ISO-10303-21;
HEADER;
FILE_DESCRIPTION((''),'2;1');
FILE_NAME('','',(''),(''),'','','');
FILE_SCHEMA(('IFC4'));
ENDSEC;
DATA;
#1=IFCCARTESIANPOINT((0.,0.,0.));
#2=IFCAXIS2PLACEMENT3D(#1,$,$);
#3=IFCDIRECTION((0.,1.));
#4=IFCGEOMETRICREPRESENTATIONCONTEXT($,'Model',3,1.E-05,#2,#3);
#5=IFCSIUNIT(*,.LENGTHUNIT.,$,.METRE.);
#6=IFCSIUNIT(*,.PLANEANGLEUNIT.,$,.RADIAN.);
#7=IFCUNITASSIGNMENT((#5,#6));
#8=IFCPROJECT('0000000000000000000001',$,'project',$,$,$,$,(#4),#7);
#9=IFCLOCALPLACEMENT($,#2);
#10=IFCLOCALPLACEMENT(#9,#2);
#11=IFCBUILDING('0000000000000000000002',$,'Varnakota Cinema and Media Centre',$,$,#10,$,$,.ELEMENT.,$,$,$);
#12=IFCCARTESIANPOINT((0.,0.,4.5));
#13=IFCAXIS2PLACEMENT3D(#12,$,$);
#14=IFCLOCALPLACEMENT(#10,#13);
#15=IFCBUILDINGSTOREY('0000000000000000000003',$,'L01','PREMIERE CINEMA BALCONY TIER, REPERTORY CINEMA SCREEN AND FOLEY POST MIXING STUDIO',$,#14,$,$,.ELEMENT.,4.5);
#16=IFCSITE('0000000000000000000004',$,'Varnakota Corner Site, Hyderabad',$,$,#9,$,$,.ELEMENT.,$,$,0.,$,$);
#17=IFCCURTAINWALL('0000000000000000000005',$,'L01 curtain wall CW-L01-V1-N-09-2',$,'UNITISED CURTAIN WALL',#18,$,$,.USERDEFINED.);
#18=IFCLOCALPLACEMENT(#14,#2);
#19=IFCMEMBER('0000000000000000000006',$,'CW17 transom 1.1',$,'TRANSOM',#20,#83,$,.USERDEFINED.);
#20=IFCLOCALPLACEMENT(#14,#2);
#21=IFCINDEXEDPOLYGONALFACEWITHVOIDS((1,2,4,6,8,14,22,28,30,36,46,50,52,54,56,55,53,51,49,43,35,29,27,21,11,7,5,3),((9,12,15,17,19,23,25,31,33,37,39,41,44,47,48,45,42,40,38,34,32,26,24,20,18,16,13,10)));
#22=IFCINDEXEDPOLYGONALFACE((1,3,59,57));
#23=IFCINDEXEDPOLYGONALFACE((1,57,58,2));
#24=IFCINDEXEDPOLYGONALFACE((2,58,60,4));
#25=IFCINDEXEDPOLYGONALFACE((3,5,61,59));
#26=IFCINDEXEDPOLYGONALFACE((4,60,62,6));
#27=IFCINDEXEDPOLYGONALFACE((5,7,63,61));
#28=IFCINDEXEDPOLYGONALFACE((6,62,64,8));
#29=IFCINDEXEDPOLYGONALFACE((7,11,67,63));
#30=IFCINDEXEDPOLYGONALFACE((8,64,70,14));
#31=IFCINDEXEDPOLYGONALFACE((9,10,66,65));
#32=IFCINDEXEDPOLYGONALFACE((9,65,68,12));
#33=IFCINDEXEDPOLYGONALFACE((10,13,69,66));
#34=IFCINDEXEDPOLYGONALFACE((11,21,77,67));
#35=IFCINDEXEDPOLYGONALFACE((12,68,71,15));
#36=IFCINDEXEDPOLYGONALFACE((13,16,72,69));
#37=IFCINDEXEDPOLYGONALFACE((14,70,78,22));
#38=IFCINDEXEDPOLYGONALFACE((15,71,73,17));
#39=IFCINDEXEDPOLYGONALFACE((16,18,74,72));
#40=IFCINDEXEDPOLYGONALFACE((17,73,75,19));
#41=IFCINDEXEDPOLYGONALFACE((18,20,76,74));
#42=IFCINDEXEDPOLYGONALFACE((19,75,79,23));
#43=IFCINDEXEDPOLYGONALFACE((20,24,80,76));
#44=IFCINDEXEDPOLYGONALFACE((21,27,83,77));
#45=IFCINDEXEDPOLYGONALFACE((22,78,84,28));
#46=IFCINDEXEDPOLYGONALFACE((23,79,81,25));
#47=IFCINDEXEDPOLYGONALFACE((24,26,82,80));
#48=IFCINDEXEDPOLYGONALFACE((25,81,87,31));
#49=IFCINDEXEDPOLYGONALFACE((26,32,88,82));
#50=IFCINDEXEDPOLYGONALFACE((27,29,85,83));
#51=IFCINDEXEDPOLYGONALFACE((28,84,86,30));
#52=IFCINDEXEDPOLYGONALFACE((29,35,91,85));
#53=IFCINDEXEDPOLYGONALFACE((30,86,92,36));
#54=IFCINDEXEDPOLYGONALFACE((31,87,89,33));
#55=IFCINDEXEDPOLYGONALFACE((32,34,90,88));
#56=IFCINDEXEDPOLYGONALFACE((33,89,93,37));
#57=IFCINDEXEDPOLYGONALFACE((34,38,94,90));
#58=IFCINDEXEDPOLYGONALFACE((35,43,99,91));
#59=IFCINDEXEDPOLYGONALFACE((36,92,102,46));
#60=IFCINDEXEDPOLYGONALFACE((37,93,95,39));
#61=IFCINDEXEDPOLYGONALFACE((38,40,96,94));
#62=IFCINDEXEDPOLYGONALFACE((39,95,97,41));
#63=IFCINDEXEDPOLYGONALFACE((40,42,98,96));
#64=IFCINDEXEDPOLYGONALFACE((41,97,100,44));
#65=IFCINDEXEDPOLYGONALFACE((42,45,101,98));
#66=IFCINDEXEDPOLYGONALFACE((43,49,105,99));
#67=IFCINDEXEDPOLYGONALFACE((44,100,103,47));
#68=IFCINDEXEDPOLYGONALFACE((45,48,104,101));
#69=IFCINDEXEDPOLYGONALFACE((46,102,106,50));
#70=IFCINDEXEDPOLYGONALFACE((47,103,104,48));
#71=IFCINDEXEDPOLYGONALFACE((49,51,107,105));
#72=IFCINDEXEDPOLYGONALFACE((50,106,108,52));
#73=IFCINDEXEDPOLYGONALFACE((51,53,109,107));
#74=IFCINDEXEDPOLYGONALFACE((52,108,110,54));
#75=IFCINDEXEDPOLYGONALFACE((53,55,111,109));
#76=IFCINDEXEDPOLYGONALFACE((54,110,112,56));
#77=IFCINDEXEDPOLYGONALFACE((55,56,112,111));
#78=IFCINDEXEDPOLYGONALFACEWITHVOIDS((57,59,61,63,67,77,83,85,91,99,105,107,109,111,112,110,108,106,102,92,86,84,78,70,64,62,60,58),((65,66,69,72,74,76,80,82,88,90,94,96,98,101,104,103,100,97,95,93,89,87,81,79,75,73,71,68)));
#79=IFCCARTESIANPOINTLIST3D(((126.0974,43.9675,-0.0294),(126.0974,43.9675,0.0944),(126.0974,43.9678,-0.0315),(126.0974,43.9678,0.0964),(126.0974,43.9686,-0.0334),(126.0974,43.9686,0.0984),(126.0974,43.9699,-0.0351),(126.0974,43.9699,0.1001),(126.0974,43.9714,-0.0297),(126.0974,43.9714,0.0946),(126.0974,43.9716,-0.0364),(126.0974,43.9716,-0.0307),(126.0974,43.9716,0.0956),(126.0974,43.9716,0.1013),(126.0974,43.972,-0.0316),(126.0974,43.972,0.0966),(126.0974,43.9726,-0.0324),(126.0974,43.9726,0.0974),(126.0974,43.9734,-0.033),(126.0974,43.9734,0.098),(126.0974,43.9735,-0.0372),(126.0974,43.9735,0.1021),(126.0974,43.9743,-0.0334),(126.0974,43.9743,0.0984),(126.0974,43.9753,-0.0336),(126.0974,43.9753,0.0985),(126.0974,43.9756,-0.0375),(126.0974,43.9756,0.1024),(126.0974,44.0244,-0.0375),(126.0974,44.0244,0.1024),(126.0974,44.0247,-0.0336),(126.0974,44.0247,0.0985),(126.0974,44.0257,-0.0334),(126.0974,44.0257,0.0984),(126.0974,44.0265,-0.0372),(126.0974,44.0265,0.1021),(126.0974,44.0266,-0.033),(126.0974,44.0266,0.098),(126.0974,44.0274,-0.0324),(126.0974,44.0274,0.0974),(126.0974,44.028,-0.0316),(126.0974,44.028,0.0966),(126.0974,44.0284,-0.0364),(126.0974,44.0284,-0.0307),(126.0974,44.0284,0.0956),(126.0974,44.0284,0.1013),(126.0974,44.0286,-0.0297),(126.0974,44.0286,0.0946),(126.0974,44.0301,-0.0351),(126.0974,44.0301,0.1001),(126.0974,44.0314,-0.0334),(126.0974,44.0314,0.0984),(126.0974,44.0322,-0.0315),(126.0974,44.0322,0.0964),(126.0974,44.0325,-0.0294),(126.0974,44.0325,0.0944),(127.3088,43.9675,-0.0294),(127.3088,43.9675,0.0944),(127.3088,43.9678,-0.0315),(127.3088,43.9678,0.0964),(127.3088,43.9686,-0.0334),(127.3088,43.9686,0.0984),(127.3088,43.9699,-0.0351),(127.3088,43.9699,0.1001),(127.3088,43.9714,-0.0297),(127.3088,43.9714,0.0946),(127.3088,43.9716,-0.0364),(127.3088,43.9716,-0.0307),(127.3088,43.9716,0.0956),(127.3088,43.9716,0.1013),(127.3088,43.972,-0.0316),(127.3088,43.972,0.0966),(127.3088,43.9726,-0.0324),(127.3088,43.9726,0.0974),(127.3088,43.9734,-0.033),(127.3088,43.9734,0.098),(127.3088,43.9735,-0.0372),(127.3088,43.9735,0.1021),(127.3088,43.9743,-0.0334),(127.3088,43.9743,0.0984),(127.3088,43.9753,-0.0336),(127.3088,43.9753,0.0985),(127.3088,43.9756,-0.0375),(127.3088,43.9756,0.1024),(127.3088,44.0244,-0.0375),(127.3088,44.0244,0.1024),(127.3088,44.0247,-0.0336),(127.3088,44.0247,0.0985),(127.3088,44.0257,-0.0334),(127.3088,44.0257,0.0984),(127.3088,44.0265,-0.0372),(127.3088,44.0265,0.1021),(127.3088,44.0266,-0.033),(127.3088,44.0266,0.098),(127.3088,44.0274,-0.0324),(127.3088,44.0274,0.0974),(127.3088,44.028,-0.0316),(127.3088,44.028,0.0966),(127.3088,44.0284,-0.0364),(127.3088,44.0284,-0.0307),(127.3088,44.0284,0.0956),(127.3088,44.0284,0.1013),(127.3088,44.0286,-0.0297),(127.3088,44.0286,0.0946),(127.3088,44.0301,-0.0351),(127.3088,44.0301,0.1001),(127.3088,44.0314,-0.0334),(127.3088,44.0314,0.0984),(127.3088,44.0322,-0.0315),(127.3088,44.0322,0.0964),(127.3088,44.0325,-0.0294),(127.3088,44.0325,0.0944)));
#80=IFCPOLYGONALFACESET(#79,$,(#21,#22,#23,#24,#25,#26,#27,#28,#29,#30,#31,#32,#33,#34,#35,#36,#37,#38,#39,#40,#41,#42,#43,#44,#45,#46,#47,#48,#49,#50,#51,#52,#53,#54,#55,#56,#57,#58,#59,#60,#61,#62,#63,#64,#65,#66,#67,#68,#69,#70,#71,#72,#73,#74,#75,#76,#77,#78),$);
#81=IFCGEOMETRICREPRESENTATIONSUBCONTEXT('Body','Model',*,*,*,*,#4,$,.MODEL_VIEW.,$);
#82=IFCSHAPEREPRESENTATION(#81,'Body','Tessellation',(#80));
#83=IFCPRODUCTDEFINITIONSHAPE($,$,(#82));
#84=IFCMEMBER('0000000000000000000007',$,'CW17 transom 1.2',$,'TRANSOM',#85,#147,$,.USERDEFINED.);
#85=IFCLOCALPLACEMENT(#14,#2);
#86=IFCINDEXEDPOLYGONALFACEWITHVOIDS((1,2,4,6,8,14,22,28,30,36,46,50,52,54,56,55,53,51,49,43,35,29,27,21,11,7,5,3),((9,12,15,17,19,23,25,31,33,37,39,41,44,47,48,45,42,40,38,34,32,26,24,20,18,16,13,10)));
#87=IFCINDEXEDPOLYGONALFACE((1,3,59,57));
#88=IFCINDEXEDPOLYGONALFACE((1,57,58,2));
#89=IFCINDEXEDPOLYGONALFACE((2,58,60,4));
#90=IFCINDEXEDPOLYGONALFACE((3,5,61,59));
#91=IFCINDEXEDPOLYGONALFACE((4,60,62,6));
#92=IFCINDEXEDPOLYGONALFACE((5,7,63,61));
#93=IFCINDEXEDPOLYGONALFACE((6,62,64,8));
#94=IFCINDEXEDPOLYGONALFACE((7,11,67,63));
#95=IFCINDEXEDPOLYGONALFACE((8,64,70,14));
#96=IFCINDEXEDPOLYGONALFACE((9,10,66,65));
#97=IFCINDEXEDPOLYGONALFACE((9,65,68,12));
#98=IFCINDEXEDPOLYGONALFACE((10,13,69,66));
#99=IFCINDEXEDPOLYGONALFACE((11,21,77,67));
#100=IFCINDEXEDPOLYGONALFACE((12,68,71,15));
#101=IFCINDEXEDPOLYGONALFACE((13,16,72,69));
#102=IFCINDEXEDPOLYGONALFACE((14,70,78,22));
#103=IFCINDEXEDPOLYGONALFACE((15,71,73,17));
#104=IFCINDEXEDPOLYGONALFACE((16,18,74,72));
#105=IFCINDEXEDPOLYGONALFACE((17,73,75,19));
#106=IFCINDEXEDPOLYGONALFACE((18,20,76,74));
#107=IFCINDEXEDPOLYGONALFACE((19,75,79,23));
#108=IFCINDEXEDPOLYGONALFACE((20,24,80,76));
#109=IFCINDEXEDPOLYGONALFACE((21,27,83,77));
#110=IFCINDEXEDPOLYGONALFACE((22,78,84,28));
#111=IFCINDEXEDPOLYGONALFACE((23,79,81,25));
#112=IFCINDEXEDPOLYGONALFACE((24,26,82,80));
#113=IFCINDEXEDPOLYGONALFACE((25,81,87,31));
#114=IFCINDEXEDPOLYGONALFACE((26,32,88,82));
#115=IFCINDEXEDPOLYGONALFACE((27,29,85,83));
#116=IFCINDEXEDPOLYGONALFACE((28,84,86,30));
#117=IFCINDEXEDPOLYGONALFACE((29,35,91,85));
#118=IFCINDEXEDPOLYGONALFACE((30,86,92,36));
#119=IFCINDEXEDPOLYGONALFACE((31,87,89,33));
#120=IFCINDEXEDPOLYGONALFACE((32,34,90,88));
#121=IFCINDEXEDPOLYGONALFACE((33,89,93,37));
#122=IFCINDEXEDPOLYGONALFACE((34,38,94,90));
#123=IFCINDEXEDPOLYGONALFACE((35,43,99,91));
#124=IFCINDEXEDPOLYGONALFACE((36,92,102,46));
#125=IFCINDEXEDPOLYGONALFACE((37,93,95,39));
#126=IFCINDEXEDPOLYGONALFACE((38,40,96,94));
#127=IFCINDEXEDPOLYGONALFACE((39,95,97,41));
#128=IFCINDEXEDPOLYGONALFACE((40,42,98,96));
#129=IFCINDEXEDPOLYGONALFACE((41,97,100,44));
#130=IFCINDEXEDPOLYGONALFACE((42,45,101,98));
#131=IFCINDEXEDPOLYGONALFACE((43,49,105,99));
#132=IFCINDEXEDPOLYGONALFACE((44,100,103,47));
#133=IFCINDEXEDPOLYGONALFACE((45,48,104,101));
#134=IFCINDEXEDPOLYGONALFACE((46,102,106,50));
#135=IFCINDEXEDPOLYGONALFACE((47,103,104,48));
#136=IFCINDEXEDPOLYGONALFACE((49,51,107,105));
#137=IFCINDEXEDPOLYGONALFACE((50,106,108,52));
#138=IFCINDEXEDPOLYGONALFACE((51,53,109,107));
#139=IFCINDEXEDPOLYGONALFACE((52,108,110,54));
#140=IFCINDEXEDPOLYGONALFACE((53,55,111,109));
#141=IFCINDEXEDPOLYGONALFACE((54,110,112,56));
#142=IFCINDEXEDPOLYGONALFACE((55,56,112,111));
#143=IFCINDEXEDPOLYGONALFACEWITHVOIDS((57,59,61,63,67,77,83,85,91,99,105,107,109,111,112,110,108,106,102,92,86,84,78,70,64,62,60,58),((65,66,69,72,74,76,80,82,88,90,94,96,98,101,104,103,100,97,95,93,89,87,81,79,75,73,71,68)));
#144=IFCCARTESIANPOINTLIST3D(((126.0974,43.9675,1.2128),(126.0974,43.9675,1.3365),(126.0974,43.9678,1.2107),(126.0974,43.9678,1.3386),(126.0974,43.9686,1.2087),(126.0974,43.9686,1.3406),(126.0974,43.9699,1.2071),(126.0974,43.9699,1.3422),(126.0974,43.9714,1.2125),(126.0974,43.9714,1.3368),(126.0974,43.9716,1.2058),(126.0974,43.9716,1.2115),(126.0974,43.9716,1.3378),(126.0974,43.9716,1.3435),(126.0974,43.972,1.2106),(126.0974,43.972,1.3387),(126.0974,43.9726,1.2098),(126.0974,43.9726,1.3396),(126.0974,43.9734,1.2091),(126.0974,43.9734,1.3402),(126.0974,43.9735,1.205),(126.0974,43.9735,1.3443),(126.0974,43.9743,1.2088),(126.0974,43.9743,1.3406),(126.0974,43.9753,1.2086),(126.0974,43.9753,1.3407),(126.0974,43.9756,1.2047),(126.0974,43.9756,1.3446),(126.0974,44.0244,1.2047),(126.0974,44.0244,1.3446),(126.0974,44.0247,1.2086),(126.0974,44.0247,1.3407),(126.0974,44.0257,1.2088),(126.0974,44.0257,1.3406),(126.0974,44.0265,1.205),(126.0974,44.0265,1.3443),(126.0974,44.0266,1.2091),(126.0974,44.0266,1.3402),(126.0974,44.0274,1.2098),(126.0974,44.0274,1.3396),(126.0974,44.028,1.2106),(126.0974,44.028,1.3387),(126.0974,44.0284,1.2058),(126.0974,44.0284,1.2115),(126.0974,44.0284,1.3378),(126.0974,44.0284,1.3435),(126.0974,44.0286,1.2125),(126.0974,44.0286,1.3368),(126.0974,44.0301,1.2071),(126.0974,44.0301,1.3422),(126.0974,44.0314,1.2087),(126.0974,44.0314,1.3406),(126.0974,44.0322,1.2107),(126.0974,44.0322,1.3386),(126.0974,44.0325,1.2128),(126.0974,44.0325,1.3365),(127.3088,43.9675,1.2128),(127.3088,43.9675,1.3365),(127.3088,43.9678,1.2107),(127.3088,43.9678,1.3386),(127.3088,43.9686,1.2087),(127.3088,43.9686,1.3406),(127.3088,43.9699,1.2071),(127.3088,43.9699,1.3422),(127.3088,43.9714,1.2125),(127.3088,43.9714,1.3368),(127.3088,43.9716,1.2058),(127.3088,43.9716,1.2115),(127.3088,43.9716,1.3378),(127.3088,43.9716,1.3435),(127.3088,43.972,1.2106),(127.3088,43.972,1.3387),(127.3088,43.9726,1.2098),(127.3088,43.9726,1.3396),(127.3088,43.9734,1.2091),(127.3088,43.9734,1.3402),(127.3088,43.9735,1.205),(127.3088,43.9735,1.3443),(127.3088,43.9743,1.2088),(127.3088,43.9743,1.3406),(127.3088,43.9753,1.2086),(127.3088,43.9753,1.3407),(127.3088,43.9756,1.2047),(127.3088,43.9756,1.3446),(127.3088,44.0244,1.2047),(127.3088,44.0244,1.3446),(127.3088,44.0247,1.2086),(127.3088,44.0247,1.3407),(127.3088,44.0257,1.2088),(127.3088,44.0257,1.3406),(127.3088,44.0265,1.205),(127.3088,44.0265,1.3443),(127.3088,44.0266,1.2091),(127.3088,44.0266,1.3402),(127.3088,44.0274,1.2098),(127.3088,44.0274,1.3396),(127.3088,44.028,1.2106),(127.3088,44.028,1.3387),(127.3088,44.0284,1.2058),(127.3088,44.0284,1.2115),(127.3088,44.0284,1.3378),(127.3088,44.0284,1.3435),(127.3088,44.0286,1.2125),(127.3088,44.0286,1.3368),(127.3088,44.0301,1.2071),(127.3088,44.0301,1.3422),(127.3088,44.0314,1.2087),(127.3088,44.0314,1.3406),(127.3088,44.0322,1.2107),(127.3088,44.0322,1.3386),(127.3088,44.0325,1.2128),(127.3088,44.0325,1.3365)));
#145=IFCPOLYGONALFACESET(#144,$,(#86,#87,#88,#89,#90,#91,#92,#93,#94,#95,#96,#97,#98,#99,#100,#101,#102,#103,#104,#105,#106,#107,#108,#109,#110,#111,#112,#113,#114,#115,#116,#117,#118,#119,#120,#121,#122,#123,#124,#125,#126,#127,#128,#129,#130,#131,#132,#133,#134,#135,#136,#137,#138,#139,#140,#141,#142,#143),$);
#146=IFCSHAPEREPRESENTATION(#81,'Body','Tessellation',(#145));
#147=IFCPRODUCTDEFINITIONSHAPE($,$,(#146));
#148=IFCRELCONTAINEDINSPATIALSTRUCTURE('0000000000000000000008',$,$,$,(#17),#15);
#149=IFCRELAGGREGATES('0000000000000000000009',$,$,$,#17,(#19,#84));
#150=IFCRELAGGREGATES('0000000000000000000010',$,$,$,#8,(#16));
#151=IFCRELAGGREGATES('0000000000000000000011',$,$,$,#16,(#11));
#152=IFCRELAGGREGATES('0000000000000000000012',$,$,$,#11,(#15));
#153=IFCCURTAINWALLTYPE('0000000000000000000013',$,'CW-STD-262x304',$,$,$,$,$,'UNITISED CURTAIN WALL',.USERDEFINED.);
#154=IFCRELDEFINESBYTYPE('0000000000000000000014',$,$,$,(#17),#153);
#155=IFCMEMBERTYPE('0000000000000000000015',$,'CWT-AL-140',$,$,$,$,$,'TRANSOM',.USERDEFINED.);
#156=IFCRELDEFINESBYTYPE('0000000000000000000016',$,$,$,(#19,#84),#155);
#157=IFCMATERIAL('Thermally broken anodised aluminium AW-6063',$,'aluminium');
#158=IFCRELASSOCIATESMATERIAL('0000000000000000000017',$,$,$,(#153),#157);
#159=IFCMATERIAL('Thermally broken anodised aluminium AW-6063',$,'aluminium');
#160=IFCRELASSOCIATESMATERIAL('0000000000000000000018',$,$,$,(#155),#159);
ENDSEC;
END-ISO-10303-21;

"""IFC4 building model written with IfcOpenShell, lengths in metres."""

from ifc_helpers import new_model, si_unit, direction, frame, origin, origin_2d, place, context, subcontext, project, spatial, hollow_rectangle, extrude, material, material_profile, profile_set, type_object, element, aggregate, save


model = new_model("IFC4")

# Units and contexts
model_context = context("Model", 3, precision=1e-05, world=origin(), true_north=direction((0.0, 1.0)))
body_context = subcontext(model_context, "Body", "Model", "MODEL_VIEW")
ifc_project = project(units=[si_unit("LENGTHUNIT", "METRE"), si_unit("PLANEANGLEUNIT", "RADIAN")], contexts=[model_context])

# Site, building, storey
site_placement = place(None, origin())
site = spatial("IfcSite", under=ifc_project, at=site_placement, Name="Varnakota Corner Site, Hyderabad", CompositionType="ELEMENT", RefElevation=0.0)
building_placement = place(site_placement, origin())
building = spatial("IfcBuilding", under=site, at=building_placement, Name="Varnakota Cinema and Media Centre", CompositionType="ELEMENT")
storey_placement = place(building_placement, frame((0.0, 0.0, 4.5)))
storey = spatial("IfcBuildingStorey", under=building, at=storey_placement, Name="L01", Description="PREMIERE CINEMA BALCONY TIER, REPERTORY CINEMA SCREEN AND FOLEY POST MIXING STUDIO", CompositionType="ELEMENT", Elevation=4.5)

# Curtain wall
ifc_material_1 = material(Name="Thermally broken anodised aluminium AW-6063", Category="aluminium")
curtain_wall_type = type_object("IfcCurtainWallType", Name="CW-STD-262x304", ElementType="UNITISED CURTAIN WALL", PredefinedType="USERDEFINED", material=ifc_material_1)
curtain_wall_1_placement = place(storey_placement, origin())
curtain_wall_1 = element("IfcCurtainWall", 1, at=curtain_wall_1_placement, inside=storey, type_object=curtain_wall_type, Name="L01 curtain wall CW-L01-V1-N-09-2", ObjectType="UNITISED CURTAIN WALL", PredefinedType="USERDEFINED")

# Members
ifc_material_2 = material(Name="Thermally broken anodised aluminium AW-6063", Category="aluminium")
ifc_material_profile_1 = material_profile(ifc_material_2, hollow_rectangle(XDim=0.0649, YDim=0.1399, WallThickness=0.0039, InnerFilletRadius=0.0039, OuterFilletRadius=0.0081, at=origin_2d()), Name="AL-TRANSOM 140x65x4")
ifc_profile_set_1 = profile_set([ifc_material_profile_1], Name="Thermally broken anodised aluminium AW-6063")
member_type_1 = type_object("IfcMemberType", Name="CWT-AL-140", ElementType="TRANSOM", PredefinedType="USERDEFINED", material=ifc_profile_set_1)
member_1_placement = place(storey_placement, frame((126.0974, 44.0, 0.0325), z_axis=(1.0, 0.0, 0.0), x_axis=(0.0, 1.0, 0.0)))
member_1 = element("IfcMember", 2, at=member_1_placement, type_object=member_type_1, Name="CW17 transom 1.1", ObjectType="TRANSOM", PredefinedType="USERDEFINED", context=body_context, shape_type="SweptSolid", body=[
    extrude(hollow_rectangle(XDim=0.0649, YDim=0.1399, WallThickness=0.0039, InnerFilletRadius=0.0039, OuterFilletRadius=0.0081, at=origin_2d()), origin(), (0.0, 0.0, 1.0), 1.2114),
])
member_2_placement = place(storey_placement, frame((126.0974, 44.0, 1.2747), z_axis=(1.0, 0.0, 0.0), x_axis=(0.0, 1.0, 0.0)))
member_2 = element("IfcMember", 3, at=member_2_placement, type_object=member_type_1, Name="CW17 transom 1.2", ObjectType="TRANSOM", PredefinedType="USERDEFINED", context=body_context, shape_type="SweptSolid", body=[
    extrude(hollow_rectangle(XDim=0.0649, YDim=0.1399, WallThickness=0.0039, InnerFilletRadius=0.0039, OuterFilletRadius=0.0081, at=origin_2d()), origin(), (0.0, 0.0, 1.0), 1.2114),
])

aggregate(curtain_wall_1, [member_1, member_2])

save(model, "model.ifc")
